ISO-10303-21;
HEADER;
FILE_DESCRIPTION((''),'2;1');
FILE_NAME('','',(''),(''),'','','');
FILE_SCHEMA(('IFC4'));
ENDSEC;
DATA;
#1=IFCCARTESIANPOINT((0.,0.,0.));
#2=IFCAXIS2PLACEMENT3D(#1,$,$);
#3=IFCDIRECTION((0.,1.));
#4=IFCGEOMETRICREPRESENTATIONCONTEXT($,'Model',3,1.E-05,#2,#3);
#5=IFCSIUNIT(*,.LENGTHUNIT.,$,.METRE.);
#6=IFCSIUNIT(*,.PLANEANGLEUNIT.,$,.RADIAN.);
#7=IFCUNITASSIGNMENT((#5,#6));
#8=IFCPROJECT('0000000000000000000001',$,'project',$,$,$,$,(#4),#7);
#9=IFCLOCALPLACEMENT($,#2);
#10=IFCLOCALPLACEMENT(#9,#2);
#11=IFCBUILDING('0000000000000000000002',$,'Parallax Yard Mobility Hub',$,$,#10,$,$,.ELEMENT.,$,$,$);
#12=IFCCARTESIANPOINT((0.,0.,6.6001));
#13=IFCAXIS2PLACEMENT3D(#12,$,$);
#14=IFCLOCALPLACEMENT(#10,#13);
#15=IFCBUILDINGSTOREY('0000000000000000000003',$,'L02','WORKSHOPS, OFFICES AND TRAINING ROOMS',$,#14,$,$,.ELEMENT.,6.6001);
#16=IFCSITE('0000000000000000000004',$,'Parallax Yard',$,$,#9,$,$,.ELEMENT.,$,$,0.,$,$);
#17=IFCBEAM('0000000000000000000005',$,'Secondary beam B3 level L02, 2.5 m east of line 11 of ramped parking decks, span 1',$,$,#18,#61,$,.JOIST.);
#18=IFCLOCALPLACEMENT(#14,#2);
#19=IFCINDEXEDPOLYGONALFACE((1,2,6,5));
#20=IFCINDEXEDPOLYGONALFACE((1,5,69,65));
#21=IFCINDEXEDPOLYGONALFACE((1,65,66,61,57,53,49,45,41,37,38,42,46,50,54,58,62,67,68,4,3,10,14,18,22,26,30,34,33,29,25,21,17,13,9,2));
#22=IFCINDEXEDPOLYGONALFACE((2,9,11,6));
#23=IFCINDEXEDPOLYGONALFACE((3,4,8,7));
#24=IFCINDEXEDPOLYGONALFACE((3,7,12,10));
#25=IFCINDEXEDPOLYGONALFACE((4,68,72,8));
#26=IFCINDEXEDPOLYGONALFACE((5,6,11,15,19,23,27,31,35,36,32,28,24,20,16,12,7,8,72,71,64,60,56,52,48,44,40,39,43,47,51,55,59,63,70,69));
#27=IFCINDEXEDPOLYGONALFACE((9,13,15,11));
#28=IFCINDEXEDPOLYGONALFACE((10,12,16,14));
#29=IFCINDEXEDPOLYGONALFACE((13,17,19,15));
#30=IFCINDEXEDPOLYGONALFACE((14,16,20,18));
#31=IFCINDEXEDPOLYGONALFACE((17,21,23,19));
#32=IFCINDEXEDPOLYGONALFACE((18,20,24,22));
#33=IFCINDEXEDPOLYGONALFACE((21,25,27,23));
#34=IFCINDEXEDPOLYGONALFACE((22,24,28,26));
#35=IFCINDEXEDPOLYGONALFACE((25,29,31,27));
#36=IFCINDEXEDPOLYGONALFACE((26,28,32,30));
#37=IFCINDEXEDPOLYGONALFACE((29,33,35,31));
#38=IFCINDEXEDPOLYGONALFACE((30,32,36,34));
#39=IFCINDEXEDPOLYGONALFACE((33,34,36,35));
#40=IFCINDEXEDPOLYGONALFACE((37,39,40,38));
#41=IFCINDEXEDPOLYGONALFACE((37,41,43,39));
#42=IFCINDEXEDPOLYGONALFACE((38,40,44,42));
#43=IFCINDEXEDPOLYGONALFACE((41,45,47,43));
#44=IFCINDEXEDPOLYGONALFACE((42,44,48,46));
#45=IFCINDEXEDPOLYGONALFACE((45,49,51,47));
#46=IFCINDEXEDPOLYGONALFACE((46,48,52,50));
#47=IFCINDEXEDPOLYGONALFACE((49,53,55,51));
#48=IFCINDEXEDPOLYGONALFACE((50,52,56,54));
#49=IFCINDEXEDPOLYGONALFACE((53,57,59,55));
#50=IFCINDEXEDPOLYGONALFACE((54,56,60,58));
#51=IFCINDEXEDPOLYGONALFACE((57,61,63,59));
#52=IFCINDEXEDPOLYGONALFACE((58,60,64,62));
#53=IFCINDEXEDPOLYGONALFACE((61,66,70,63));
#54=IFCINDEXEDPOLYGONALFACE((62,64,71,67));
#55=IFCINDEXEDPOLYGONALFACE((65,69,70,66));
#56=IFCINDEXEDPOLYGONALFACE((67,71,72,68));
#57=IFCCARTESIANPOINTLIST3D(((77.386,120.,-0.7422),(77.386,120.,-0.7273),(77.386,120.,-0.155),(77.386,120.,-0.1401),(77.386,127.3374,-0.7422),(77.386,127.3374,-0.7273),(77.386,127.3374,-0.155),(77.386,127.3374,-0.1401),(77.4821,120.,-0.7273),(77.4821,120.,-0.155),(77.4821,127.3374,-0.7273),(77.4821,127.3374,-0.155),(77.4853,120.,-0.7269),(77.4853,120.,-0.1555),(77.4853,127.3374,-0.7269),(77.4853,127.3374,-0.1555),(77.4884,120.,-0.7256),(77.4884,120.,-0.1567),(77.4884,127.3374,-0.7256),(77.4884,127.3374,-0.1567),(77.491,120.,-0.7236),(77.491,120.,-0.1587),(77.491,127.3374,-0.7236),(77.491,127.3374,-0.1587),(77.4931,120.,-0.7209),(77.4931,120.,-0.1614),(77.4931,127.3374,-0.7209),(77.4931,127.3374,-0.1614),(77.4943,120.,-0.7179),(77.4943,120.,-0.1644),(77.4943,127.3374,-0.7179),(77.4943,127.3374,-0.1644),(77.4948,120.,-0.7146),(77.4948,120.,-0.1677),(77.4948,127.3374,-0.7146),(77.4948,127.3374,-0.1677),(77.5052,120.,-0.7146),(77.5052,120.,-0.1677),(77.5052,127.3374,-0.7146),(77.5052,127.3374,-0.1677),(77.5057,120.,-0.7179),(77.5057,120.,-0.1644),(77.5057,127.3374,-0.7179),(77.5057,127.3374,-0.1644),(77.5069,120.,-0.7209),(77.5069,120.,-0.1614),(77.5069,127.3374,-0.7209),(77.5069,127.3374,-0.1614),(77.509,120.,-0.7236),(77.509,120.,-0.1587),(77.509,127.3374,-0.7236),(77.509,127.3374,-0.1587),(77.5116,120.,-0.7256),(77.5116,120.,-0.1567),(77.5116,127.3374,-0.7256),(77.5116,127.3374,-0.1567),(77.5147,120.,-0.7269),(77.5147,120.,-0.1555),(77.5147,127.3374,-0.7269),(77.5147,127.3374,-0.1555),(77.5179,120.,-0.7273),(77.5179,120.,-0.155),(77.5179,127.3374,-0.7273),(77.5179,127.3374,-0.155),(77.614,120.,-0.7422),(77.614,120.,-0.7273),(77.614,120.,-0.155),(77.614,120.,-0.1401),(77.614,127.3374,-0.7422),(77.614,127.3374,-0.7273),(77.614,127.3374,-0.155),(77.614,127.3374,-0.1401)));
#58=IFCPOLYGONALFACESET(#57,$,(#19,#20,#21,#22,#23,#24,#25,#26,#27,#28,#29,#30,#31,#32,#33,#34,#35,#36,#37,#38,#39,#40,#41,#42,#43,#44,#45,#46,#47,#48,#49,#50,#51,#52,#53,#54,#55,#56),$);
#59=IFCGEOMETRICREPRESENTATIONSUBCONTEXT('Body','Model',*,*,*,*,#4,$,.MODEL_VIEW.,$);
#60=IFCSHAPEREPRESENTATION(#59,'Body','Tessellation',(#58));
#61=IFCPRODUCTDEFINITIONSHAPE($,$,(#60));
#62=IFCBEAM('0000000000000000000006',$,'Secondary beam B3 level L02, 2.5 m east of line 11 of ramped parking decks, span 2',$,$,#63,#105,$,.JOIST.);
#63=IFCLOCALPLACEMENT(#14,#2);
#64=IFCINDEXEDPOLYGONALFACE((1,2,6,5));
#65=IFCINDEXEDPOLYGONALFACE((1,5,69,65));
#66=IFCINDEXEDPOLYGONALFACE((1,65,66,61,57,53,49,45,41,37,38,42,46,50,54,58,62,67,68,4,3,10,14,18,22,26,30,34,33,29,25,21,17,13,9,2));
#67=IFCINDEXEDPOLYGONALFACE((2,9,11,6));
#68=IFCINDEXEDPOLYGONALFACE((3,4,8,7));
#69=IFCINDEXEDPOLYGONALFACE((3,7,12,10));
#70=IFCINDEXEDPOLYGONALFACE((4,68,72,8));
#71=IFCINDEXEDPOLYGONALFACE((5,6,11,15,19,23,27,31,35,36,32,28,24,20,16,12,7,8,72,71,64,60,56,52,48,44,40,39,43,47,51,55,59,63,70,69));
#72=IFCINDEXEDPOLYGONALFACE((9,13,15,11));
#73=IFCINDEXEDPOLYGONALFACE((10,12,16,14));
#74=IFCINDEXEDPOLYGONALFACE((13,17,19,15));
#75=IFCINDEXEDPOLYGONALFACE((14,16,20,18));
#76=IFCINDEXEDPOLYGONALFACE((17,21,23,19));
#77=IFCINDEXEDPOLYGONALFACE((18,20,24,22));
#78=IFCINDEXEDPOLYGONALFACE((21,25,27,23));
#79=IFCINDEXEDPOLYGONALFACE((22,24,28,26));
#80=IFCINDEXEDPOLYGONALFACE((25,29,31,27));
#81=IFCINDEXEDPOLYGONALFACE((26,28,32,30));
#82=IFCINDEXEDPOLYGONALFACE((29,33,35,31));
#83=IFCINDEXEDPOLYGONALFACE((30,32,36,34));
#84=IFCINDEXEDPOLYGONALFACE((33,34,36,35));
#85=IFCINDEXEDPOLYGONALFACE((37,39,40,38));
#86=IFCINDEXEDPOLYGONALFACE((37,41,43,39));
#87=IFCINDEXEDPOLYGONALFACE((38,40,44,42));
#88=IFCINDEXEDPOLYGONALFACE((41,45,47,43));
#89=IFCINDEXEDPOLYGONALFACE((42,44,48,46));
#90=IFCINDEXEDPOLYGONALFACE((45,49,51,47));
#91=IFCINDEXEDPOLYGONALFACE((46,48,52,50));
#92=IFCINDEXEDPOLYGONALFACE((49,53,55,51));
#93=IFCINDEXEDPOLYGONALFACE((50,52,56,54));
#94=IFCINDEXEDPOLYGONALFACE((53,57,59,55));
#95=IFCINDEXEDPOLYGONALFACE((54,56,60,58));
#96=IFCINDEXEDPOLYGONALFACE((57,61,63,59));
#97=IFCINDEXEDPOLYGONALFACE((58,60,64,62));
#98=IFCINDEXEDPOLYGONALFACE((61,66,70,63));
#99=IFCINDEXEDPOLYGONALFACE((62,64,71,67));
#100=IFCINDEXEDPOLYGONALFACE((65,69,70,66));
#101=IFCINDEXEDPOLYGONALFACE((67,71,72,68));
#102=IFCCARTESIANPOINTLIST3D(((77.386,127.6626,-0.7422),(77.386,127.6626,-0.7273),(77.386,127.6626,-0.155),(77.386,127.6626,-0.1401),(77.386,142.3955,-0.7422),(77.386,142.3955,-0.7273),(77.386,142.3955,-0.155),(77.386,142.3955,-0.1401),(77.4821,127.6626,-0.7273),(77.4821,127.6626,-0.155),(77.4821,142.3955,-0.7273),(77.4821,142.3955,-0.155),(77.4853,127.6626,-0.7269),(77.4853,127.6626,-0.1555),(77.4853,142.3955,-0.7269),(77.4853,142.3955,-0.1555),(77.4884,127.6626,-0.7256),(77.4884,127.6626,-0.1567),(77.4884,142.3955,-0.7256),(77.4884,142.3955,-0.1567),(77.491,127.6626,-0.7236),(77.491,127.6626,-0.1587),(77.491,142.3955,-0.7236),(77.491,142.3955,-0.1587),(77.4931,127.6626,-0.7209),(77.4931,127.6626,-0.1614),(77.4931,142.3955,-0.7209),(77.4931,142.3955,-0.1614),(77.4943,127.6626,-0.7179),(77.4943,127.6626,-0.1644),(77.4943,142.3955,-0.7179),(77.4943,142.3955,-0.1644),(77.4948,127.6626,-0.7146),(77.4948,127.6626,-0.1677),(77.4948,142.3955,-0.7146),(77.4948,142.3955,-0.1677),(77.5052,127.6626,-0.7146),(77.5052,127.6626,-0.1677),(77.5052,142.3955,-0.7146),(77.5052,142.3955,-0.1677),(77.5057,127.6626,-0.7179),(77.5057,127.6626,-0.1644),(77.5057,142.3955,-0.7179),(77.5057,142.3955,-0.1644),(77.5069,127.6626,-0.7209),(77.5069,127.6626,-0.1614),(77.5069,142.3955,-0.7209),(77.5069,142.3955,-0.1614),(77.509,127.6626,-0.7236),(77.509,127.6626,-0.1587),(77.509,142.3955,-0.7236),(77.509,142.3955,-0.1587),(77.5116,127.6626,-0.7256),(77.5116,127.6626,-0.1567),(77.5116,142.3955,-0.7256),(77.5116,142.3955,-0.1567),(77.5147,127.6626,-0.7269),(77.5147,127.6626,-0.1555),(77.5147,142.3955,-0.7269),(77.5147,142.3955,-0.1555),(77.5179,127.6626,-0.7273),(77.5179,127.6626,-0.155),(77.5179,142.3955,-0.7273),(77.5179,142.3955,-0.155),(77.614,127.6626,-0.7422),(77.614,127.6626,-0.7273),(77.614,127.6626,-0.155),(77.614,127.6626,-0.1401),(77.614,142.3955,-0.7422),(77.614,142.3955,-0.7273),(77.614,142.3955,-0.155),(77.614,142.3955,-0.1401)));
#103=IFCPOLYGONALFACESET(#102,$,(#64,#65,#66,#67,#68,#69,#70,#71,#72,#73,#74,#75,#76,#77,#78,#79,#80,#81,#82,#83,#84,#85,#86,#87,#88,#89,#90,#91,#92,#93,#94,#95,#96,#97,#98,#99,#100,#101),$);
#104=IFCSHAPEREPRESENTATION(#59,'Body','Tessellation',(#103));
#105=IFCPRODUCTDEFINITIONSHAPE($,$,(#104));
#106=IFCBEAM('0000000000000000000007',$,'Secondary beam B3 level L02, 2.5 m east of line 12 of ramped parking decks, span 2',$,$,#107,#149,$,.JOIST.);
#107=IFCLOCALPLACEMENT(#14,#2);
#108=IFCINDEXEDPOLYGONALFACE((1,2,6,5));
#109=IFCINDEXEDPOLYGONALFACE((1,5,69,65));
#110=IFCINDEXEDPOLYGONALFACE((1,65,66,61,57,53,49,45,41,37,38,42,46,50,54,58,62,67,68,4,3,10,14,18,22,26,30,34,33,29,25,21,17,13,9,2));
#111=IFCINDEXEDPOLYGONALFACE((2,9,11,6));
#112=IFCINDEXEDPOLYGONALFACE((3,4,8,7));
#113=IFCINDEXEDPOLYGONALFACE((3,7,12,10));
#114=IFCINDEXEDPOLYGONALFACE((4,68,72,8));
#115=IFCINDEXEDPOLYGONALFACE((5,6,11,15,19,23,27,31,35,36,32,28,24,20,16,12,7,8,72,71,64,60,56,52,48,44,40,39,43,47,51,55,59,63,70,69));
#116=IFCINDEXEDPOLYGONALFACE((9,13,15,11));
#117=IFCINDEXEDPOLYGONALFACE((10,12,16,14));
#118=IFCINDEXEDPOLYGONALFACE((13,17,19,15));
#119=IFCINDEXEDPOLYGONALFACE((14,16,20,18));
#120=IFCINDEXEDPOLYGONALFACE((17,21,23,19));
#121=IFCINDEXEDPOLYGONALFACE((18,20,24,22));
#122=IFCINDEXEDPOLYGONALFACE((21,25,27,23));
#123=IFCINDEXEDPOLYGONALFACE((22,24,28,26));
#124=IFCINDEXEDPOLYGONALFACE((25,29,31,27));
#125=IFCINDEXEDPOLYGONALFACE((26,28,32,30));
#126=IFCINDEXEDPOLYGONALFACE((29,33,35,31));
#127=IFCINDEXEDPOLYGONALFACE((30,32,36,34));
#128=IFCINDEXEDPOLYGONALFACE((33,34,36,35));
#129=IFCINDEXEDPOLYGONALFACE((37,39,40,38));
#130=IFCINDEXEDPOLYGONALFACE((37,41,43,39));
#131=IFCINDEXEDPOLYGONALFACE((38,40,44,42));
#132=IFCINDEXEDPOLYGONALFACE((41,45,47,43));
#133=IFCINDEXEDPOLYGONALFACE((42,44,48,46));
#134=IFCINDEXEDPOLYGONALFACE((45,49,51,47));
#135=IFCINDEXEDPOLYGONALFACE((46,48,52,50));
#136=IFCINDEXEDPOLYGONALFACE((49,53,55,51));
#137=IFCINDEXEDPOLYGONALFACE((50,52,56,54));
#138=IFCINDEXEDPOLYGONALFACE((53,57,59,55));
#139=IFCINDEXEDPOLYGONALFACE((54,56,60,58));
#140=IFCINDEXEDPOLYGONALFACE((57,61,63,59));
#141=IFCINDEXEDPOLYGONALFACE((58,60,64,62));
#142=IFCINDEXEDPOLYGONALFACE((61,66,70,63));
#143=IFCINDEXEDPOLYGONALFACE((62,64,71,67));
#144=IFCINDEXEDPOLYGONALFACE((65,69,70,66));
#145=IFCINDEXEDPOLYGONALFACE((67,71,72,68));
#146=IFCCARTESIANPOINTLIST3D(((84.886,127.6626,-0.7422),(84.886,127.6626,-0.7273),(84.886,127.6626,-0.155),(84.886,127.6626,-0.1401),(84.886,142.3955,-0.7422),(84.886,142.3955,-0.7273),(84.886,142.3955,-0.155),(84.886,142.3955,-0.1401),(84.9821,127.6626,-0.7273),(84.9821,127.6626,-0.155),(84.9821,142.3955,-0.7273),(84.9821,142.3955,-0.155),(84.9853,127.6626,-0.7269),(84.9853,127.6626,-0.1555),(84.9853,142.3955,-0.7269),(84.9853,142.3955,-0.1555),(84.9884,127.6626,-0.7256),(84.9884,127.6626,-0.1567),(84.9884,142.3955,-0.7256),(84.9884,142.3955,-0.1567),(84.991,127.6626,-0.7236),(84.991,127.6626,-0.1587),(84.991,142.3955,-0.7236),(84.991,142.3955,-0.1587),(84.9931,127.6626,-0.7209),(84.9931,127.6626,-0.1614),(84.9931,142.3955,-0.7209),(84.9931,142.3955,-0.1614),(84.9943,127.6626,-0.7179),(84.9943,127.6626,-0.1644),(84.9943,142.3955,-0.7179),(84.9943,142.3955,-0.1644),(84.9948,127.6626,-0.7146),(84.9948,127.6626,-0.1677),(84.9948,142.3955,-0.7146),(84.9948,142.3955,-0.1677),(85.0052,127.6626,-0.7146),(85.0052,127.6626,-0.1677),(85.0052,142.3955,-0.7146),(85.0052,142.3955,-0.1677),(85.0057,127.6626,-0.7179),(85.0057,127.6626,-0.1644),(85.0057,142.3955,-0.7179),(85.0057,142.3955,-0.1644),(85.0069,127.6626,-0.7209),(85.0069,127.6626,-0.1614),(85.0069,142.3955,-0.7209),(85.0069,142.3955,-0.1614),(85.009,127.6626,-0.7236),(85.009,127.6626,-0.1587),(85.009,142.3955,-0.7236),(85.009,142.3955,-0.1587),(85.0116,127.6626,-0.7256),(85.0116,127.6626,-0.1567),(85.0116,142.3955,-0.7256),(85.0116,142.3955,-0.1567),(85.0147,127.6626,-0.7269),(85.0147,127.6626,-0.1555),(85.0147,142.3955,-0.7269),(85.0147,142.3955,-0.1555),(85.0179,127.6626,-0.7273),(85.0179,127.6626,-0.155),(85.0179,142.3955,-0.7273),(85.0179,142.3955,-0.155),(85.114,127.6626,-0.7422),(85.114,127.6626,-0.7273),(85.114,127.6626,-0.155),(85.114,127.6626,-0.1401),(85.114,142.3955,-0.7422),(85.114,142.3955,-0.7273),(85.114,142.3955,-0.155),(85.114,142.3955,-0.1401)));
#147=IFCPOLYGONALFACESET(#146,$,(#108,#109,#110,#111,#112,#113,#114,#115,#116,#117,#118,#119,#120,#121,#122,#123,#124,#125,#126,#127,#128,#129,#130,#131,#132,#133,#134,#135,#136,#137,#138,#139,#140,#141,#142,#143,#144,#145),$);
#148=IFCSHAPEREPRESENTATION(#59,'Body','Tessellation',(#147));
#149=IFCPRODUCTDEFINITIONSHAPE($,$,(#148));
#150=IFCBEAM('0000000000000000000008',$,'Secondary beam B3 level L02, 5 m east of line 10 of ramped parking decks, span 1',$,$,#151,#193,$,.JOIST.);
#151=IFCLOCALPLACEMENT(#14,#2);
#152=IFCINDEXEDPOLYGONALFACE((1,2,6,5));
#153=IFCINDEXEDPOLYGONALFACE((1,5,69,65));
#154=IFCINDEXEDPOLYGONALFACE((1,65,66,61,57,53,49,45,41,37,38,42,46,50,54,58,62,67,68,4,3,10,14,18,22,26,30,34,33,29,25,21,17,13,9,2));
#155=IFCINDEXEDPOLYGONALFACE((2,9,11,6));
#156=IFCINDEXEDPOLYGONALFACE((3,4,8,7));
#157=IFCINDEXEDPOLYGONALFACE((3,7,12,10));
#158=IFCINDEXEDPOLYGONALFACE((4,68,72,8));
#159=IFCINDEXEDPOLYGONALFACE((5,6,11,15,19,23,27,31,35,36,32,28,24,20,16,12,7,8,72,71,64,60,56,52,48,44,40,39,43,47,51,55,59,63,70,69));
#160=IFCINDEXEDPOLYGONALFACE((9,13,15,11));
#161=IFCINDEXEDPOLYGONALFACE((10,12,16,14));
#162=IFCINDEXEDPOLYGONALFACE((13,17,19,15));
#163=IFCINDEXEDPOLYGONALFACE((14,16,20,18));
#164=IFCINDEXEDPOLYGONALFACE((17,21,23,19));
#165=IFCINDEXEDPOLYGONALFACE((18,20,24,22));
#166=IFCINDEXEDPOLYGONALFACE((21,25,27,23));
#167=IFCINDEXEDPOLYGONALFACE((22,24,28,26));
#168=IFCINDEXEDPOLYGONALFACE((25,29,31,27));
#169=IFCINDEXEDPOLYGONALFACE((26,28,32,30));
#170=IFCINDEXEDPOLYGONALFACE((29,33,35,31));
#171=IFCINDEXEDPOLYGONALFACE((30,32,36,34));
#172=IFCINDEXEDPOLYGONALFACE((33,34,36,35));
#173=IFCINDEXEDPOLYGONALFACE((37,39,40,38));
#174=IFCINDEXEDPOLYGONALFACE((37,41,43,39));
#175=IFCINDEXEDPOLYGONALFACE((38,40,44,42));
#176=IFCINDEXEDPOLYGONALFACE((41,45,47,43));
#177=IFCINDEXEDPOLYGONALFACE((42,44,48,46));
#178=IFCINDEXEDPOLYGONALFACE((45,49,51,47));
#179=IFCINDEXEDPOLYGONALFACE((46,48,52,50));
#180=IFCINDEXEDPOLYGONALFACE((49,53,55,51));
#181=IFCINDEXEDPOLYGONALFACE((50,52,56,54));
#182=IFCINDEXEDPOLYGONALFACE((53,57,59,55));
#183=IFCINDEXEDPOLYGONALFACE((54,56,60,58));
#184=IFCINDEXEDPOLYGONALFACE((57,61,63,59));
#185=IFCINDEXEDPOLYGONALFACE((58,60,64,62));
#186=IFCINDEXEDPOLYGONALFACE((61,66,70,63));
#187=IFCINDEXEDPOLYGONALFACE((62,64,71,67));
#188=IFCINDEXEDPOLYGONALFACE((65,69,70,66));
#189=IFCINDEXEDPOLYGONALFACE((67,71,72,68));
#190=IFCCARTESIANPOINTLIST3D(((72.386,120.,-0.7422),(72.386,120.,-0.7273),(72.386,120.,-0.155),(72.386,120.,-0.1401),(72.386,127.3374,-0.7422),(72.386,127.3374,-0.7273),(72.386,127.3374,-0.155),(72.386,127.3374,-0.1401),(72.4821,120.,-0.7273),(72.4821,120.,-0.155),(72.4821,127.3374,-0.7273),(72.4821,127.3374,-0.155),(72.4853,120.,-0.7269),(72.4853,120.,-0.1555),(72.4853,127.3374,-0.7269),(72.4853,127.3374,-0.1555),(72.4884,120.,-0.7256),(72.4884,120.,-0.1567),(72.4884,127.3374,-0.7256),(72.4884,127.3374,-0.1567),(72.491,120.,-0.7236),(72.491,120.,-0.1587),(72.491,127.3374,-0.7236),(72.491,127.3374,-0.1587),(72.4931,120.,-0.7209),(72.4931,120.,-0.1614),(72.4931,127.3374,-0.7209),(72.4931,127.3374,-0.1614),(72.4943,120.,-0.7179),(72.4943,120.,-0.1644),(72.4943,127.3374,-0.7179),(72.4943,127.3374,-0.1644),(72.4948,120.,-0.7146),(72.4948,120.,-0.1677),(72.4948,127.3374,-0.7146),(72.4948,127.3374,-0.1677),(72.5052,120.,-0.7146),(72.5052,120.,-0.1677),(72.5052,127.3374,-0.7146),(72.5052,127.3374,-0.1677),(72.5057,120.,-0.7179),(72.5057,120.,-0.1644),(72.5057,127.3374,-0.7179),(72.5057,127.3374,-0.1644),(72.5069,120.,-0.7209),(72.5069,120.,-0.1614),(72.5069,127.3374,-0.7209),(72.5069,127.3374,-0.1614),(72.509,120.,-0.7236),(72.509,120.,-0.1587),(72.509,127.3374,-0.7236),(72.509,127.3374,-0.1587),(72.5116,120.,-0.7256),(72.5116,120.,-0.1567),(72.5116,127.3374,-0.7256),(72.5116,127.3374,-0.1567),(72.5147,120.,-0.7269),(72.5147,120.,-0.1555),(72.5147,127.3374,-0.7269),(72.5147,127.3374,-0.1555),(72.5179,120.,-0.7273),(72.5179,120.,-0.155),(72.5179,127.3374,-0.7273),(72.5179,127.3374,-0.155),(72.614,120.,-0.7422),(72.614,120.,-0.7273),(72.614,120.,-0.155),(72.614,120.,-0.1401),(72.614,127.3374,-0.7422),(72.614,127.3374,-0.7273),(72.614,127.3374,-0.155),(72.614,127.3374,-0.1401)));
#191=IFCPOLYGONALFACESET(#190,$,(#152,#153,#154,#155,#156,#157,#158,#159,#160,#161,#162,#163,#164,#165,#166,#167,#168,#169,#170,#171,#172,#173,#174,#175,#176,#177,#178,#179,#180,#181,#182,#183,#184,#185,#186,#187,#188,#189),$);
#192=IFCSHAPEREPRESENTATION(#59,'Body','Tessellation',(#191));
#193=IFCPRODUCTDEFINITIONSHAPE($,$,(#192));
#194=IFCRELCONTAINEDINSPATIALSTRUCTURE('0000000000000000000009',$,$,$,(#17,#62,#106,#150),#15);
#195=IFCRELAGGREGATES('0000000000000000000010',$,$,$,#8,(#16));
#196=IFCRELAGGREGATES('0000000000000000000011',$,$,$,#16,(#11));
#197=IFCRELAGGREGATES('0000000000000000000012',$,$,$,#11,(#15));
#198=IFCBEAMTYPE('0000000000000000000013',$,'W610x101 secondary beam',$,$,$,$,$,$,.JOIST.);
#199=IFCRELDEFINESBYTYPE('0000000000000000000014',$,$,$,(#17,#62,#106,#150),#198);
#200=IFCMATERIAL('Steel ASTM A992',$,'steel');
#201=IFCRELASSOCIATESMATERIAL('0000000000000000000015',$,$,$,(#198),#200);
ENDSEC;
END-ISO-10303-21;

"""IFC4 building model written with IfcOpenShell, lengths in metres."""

from ifc_helpers import new_model, si_unit, direction, frame, origin, origin_2d, place, context, subcontext, project, spatial, i_section, extrude, material, material_profile, profile_set, type_object, element, save


model = new_model("IFC4")

# Units and contexts
model_context = context("Model", 3, precision=1e-05, world=origin(), true_north=direction((0.0, 1.0)))
body_context = subcontext(model_context, "Body", "Model", "MODEL_VIEW")
ifc_project = project(units=[si_unit("LENGTHUNIT", "METRE"), si_unit("PLANEANGLEUNIT", "RADIAN")], contexts=[model_context])

# Site, building, storey
site_placement = place(None, origin())
site = spatial("IfcSite", under=ifc_project, at=site_placement, Name="Parallax Yard", CompositionType="ELEMENT", RefElevation=0.0)
building_placement = place(site_placement, origin())
building = spatial("IfcBuilding", under=site, at=building_placement, Name="Parallax Yard Mobility Hub", CompositionType="ELEMENT")
storey_placement = place(building_placement, frame((0.0, 0.0, 6.6001)))
storey = spatial("IfcBuildingStorey", under=building, at=storey_placement, Name="L02", Description="WORKSHOPS, OFFICES AND TRAINING ROOMS", CompositionType="ELEMENT", Elevation=6.6001)

# Shared definitions
ifc_material_1 = material(Name="Steel ASTM A992", Category="steel")

# Beams
ifc_material_profile_1 = material_profile(ifc_material_1, i_section(OverallWidth=0.228, OverallDepth=0.6021, WebThickness=0.0105, FlangeThickness=0.0149, FilletRadius=0.0127, at=origin_2d()), Name="W610x101")
ifc_profile_set_1 = profile_set([ifc_material_profile_1], Name="Steel ASTM A992")
beam_type_1 = type_object("IfcBeamType", Name="W610x101 secondary beam", PredefinedType="JOIST", material=ifc_profile_set_1)
beam_1_placement = place(storey_placement, frame((77.5, 120.0, -0.4412), z_axis=(0.0, 1.0, 0.0), x_axis=(-1.0, 0.0, 0.0)))
element("IfcBeam", 1, at=beam_1_placement, inside=storey, type_object=beam_type_1, Name="Secondary beam B3 level L02, 2.5 m east of line 11 of ramped parking decks, span 1", PredefinedType="JOIST", context=body_context, shape_type="SweptSolid", body=[
    extrude(i_section(OverallWidth=0.228, OverallDepth=0.6021, WebThickness=0.0105, FlangeThickness=0.0149, FilletRadius=0.0127, at=origin_2d()), origin(), (0.0, 0.0, 1.0), 7.3374),
])
for number, where, z_axis, x_axis, name in (
    (2, (77.5, 127.6626, -0.4412), (0.0, 1.0, 0.0), (-1.0, 0.0, 0.0), "Secondary beam B3 level L02, 2.5 m east of line 11 of ramped parking decks, span 2"),
    (3, (85.0, 127.6626, -0.4412), (0.0, 1.0, 0.0), (-1.0, 0.0, 0.0), "Secondary beam B3 level L02, 2.5 m east of line 12 of ramped parking decks, span 2"),
):
    element("IfcBeam", number, at=place(storey_placement, frame(where, z_axis=z_axis, x_axis=x_axis)), inside=storey, type_object=beam_type_1, Name=name, PredefinedType="JOIST", context=body_context, shape_type="SweptSolid", body=[
        extrude(i_section(OverallWidth=0.228, OverallDepth=0.6021, WebThickness=0.0105, FlangeThickness=0.0149, FilletRadius=0.0127, at=origin_2d()), origin(), (0.0, 0.0, 1.0), 14.7329),
    ])
beam_2_placement = place(storey_placement, frame((72.5, 120.0, -0.4412), z_axis=(0.0, 1.0, 0.0), x_axis=(-1.0, 0.0, 0.0)))
element("IfcBeam", 4, at=beam_2_placement, inside=storey, type_object=beam_type_1, Name="Secondary beam B3 level L02, 5 m east of line 10 of ramped parking decks, span 1", PredefinedType="JOIST", context=body_context, shape_type="SweptSolid", body=[
    extrude(i_section(OverallWidth=0.228, OverallDepth=0.6021, WebThickness=0.0105, FlangeThickness=0.0149, FilletRadius=0.0127, at=origin_2d()), origin(), (0.0, 0.0, 1.0), 7.3374),
])

save(model, "model.ifc")
